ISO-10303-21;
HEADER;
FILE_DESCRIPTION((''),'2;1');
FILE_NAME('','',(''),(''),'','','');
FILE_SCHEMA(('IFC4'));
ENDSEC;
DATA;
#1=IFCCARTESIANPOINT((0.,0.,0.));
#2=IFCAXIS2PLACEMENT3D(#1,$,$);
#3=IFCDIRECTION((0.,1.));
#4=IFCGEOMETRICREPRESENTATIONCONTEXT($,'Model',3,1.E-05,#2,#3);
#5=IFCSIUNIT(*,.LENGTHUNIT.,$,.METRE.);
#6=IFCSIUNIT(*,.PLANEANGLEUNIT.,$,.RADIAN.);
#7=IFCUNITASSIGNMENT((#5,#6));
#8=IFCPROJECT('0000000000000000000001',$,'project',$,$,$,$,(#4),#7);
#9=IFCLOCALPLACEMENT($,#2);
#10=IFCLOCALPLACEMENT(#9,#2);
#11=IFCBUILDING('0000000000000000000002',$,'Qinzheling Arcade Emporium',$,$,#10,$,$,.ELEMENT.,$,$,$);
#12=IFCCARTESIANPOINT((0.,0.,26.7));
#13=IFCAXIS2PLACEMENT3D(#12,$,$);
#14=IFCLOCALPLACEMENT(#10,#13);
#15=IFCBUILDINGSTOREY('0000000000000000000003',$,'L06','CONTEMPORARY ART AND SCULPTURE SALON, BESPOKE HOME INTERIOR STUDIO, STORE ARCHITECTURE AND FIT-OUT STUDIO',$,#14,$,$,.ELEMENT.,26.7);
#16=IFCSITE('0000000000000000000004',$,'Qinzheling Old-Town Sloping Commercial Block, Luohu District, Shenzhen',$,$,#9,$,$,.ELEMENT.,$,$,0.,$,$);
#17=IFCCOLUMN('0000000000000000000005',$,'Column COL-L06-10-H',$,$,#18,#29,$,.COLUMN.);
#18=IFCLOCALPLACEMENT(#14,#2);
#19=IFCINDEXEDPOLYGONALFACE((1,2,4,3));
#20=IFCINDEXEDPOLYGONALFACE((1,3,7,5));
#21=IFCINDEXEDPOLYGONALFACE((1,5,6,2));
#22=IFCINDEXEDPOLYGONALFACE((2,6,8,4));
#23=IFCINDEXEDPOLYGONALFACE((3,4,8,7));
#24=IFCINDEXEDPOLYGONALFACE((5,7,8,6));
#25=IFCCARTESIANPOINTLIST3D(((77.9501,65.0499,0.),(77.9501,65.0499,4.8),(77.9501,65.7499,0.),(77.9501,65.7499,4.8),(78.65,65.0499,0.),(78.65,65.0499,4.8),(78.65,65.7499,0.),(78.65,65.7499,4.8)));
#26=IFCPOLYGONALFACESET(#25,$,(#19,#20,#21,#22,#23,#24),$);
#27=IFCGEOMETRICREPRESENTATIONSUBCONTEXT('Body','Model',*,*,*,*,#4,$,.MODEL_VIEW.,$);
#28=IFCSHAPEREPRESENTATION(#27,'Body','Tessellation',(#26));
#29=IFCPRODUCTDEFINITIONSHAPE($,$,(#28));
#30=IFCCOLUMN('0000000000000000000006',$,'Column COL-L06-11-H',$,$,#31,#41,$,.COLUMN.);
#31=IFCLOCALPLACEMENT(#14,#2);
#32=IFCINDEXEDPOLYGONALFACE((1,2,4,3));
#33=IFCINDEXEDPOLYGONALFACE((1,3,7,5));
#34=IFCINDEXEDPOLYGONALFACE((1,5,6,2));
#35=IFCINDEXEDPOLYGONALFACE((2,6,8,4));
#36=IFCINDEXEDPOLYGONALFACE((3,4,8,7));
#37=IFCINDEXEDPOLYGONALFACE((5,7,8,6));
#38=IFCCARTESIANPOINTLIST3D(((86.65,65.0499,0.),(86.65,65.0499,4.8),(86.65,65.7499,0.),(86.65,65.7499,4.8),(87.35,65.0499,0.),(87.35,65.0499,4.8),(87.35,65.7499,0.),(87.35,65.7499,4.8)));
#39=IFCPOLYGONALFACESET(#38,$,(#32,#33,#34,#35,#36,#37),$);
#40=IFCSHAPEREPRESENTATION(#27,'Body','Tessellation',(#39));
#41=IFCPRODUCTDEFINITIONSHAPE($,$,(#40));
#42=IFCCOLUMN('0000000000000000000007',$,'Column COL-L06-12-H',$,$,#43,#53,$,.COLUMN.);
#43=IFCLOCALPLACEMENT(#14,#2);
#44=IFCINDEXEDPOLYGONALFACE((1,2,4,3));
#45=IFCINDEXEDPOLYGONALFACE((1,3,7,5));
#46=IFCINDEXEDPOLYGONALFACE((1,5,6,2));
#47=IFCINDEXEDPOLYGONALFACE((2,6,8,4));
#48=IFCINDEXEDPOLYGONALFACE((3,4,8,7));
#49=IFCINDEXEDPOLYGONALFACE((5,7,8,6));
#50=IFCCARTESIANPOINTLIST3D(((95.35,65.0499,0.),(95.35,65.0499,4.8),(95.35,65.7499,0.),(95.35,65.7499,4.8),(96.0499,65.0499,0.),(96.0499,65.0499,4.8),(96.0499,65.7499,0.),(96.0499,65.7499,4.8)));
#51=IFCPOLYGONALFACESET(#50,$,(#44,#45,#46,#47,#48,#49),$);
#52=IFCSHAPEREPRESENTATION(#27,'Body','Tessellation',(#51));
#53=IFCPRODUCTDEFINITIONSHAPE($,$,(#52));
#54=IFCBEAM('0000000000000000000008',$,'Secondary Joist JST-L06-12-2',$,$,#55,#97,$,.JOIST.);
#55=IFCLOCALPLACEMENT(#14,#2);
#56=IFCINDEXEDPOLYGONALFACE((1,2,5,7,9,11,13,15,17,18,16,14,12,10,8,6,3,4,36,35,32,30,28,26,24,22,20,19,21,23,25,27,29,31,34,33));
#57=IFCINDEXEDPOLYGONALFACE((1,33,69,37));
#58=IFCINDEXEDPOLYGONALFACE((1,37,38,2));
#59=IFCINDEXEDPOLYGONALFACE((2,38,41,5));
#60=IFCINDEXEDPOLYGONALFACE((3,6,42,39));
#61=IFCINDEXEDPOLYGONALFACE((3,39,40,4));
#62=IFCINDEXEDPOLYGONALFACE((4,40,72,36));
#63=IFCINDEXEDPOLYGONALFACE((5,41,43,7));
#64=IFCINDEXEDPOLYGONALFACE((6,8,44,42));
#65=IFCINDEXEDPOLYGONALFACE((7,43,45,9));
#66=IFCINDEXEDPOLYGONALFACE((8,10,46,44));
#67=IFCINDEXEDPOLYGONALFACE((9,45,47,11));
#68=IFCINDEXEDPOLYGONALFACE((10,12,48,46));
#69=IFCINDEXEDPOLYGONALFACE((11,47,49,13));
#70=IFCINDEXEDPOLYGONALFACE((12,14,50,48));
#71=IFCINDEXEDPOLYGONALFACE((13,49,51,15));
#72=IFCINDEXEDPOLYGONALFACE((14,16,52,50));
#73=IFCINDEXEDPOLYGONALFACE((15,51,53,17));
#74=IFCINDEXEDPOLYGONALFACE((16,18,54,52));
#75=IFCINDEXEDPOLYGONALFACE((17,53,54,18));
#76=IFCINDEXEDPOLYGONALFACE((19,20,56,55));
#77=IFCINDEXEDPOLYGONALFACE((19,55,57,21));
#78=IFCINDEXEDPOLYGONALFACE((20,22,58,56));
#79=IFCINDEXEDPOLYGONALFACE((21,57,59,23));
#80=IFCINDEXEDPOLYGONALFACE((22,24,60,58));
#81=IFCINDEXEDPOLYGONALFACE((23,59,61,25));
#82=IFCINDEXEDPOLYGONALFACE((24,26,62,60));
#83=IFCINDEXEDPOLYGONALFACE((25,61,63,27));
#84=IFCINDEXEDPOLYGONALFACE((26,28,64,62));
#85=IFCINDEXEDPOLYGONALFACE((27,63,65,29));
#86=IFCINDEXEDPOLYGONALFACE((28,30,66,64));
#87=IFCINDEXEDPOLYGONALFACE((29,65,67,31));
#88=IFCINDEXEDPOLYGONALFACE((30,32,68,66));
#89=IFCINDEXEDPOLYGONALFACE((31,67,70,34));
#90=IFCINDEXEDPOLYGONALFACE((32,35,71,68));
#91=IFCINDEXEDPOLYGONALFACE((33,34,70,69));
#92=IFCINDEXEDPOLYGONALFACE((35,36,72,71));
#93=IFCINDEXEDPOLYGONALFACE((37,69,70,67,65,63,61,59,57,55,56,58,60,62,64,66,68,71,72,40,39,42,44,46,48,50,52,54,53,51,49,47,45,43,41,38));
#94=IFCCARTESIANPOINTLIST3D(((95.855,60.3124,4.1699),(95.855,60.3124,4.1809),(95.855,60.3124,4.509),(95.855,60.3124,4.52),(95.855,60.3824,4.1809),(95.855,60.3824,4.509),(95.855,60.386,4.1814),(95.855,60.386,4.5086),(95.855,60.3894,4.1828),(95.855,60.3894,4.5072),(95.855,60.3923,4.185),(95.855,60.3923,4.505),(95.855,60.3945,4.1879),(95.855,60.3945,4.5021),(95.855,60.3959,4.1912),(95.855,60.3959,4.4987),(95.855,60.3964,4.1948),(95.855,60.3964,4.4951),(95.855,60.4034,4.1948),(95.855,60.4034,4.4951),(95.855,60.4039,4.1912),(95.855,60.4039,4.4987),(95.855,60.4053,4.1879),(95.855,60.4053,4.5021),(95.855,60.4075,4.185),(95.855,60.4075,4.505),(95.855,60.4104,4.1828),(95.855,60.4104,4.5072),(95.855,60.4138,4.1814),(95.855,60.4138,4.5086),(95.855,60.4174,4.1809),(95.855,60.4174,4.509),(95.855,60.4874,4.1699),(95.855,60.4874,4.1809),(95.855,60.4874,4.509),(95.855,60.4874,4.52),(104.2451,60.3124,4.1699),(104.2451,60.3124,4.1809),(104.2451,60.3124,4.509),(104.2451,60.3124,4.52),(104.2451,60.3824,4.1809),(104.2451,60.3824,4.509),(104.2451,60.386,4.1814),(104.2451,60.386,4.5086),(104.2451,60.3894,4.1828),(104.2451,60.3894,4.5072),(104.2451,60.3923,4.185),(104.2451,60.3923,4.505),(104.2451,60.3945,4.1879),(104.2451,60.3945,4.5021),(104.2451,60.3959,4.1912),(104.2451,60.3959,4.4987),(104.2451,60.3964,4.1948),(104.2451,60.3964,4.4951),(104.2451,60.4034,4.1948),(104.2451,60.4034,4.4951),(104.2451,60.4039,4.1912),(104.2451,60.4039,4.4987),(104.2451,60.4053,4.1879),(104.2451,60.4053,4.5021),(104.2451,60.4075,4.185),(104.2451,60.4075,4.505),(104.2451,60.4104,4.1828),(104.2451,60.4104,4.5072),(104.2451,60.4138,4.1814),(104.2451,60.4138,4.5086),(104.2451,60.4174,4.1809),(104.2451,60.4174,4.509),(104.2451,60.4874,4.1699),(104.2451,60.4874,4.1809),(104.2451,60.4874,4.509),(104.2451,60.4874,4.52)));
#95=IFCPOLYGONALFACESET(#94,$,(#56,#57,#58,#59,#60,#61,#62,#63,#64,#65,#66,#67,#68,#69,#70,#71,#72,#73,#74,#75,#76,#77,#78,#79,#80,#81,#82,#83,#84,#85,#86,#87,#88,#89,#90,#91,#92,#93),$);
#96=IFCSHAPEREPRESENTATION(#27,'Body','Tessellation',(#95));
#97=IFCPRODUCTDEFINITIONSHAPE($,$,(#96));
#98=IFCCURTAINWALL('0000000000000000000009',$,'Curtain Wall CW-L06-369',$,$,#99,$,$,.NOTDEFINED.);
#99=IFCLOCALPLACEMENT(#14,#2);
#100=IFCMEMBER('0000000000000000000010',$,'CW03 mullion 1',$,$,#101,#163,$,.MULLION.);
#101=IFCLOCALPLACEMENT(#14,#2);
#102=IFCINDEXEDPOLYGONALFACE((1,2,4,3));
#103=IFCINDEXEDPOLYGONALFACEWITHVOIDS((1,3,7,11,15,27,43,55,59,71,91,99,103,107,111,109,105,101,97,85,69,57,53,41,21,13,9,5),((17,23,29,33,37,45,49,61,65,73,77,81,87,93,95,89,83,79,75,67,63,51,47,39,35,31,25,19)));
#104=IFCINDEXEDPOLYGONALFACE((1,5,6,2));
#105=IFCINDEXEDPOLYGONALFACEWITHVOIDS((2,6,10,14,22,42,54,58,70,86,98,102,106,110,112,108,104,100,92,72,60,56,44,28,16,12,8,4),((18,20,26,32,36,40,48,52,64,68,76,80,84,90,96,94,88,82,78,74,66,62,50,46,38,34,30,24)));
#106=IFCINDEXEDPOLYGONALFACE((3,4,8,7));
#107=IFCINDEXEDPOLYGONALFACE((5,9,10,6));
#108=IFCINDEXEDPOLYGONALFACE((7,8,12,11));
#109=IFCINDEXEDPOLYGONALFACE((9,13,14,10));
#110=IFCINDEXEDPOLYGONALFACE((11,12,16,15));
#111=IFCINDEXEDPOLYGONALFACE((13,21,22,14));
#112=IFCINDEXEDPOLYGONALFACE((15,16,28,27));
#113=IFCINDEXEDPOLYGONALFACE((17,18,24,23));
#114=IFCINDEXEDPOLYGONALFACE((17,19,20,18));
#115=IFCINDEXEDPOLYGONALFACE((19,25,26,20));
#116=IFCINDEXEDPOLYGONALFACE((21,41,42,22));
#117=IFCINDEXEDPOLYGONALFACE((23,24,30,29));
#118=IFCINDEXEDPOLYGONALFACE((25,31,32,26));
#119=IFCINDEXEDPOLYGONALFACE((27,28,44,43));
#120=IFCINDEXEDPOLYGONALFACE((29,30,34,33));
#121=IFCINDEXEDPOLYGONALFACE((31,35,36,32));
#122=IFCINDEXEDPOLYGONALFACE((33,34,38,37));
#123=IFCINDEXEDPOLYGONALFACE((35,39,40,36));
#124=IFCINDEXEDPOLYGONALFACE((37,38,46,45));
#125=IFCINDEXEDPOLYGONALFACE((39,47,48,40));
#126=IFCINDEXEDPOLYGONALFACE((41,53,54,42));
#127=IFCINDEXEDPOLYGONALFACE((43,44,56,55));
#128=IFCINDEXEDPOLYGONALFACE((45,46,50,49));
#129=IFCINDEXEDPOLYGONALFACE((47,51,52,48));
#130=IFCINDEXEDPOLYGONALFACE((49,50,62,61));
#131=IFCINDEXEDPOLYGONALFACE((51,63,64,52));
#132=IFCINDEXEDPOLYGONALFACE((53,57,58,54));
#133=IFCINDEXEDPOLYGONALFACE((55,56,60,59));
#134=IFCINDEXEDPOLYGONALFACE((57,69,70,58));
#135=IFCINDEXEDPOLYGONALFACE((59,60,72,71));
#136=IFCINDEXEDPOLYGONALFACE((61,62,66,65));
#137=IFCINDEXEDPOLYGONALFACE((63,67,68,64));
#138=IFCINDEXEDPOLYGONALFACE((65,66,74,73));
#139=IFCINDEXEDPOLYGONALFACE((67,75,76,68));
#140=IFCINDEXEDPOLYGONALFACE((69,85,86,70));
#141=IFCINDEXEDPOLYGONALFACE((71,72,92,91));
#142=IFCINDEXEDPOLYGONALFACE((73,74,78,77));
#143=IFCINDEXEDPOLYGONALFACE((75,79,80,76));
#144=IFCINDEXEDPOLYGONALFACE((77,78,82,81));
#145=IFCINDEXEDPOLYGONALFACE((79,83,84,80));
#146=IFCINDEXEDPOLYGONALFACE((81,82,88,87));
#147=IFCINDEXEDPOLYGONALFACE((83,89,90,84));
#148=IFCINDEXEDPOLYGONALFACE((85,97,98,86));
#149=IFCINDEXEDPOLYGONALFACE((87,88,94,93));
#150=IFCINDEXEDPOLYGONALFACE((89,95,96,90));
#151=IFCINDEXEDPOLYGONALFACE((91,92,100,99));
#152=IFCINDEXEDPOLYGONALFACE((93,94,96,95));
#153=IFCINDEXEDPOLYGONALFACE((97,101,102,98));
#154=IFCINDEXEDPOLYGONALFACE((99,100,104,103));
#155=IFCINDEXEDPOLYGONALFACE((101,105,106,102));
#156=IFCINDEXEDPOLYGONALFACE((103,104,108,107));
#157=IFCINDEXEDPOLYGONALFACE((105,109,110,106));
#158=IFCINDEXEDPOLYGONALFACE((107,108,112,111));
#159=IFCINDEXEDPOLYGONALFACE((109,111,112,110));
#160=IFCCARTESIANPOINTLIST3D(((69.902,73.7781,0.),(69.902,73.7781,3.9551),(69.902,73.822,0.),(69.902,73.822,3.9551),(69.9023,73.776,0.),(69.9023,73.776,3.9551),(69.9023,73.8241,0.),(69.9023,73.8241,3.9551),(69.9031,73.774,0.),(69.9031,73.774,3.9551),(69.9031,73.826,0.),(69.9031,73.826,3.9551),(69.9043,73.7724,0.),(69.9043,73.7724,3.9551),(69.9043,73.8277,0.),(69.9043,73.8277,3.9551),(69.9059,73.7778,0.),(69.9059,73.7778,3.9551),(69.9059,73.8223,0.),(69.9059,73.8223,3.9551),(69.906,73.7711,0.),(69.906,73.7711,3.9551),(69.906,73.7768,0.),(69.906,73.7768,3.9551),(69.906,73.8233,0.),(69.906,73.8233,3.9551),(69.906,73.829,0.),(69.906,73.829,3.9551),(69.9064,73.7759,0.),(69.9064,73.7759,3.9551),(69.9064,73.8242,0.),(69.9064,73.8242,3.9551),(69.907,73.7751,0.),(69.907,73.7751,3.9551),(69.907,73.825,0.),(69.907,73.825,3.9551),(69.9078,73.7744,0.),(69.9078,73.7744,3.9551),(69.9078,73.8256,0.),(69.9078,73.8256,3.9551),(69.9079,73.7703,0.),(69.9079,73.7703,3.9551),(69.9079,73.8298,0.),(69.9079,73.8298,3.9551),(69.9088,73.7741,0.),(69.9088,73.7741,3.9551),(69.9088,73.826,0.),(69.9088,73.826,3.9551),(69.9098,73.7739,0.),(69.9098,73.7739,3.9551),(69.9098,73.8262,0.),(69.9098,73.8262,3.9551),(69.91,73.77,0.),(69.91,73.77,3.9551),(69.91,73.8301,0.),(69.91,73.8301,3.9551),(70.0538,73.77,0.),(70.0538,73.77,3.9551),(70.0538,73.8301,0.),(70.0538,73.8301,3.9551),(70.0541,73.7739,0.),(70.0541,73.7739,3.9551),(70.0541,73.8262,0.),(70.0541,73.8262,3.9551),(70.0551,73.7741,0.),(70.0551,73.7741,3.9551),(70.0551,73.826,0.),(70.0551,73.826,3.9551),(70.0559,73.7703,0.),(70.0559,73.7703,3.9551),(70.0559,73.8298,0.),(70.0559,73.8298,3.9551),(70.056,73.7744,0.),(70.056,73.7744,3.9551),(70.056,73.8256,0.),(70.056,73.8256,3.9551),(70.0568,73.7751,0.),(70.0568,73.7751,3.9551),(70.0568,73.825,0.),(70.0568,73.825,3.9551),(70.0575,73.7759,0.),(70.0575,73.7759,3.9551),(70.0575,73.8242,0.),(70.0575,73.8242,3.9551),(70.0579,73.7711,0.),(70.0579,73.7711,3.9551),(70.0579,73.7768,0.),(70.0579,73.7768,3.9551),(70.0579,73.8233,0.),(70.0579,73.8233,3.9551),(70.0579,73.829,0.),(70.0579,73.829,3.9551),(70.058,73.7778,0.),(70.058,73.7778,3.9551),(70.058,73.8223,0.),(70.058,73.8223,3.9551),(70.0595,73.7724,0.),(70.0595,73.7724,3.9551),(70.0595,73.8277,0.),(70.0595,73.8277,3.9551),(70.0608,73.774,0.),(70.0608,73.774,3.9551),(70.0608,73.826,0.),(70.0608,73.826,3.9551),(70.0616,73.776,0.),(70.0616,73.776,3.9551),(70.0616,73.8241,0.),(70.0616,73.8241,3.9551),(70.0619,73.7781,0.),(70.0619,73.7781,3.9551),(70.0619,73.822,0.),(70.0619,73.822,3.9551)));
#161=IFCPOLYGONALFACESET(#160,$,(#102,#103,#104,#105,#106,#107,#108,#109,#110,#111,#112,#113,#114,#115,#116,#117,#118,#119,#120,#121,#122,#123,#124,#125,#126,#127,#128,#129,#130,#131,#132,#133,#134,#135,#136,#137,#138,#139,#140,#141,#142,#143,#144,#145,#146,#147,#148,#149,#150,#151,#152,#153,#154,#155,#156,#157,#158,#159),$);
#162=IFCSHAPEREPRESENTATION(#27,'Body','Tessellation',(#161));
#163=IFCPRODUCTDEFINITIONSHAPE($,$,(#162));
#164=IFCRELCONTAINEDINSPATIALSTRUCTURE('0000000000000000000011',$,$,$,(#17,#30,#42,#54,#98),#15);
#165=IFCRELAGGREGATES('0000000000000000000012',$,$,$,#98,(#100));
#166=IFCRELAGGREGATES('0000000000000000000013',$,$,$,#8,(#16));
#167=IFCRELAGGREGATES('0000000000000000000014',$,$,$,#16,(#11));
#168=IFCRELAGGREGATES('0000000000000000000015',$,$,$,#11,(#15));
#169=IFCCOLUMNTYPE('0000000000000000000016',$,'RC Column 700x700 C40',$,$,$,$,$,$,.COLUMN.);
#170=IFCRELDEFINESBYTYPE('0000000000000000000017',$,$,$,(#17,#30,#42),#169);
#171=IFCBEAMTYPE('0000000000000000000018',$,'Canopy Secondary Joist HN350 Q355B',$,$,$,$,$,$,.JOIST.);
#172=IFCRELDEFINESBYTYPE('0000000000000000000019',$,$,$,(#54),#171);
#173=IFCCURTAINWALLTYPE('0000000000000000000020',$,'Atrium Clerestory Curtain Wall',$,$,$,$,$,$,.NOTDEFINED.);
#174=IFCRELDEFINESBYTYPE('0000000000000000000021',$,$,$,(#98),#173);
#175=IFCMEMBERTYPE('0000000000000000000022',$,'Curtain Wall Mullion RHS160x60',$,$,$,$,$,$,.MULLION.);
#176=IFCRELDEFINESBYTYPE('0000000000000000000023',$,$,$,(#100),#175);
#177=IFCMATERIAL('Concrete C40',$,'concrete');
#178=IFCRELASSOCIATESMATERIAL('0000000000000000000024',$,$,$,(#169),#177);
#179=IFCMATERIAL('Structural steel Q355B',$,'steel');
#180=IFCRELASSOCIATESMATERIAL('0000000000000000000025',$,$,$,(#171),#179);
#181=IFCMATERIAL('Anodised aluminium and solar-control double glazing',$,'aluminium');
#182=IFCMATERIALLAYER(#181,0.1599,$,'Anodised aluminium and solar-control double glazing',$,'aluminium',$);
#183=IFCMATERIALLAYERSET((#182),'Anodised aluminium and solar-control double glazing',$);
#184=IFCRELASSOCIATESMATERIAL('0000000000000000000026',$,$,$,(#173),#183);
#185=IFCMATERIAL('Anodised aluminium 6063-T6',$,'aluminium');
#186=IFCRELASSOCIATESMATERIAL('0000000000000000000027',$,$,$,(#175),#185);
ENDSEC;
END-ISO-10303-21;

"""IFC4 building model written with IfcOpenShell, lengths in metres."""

from ifc_helpers import new_model, si_unit, direction, frame, origin, origin_2d, place, context, subcontext, project, spatial, rectangle, hollow_rectangle, i_section, extrude, material, layer, layer_set, material_profile, profile_set, type_object, element, aggregate, save


model = new_model("IFC4")

# Units and contexts
model_context = context("Model", 3, precision=1e-05, world=origin(), true_north=direction((0.0, 1.0)))
body_context = subcontext(model_context, "Body", "Model", "MODEL_VIEW")
ifc_project = project(units=[si_unit("LENGTHUNIT", "METRE"), si_unit("PLANEANGLEUNIT", "RADIAN")], contexts=[model_context])

# Site, building, storey
site_placement = place(None, origin())
site = spatial("IfcSite", under=ifc_project, at=site_placement, Name="Qinzheling Old-Town Sloping Commercial Block, Luohu District, Shenzhen", CompositionType="ELEMENT", RefElevation=0.0)
building_placement = place(site_placement, origin())
building = spatial("IfcBuilding", under=site, at=building_placement, Name="Qinzheling Arcade Emporium", CompositionType="ELEMENT")
storey_placement = place(building_placement, frame((0.0, 0.0, 26.7)))
storey = spatial("IfcBuildingStorey", under=building, at=storey_placement, Name="L06", Description="CONTEMPORARY ART AND SCULPTURE SALON, BESPOKE HOME INTERIOR STUDIO, STORE ARCHITECTURE AND FIT-OUT STUDIO", CompositionType="ELEMENT", Elevation=26.7)

# Columns
ifc_material_1 = material(Name="Concrete C40", Category="concrete")
ifc_material_profile_1 = material_profile(ifc_material_1, rectangle(XDim=0.7, YDim=0.7, at=origin_2d()), Name="RC 700x700", Category="concrete")
ifc_profile_set_1 = profile_set([ifc_material_profile_1], Name="Concrete C40")
column_type = type_object("IfcColumnType", Name="RC Column 700x700 C40", PredefinedType="COLUMN", material=ifc_profile_set_1)
for number, where, z_axis, x_axis, name in (
    (1, (78.3, 65.3999, 0.0), (0.0, 0.0, 1.0), (1.0, 0.0, 0.0), "Column COL-L06-10-H"),
    (2, (87.0, 65.3999, 0.0), (0.0, 0.0, 1.0), (1.0, 0.0, 0.0), "Column COL-L06-11-H"),
    (3, (95.7, 65.3999, 0.0), (0.0, 0.0, 1.0), (1.0, 0.0, 0.0), "Column COL-L06-12-H"),
):
    element("IfcColumn", number, at=place(storey_placement, frame(where, z_axis=z_axis, x_axis=x_axis)), inside=storey, type_object=column_type, Name=name, PredefinedType="COLUMN", context=body_context, shape_type="SweptSolid", body=[
        extrude(rectangle(XDim=0.7, YDim=0.7, at=origin_2d()), origin(), (0.0, 0.0, 1.0), 4.8),
    ])

# Beam
ifc_material_2 = material(Name="Structural steel Q355B", Category="steel")
ifc_material_profile_2 = material_profile(ifc_material_2, i_section(OverallWidth=0.175, OverallDepth=0.3501, WebThickness=0.0071, FlangeThickness=0.011, FilletRadius=0.0139, at=origin_2d()), Name="HN 350x175x7x11", Category="steel")
ifc_profile_set_2 = profile_set([ifc_material_profile_2], Name="Structural steel Q355B")
beam_type_1 = type_object("IfcBeamType", Name="Canopy Secondary Joist HN350 Q355B", PredefinedType="JOIST", material=ifc_profile_set_2)
beam_1_placement = place(storey_placement, frame((95.855, 60.3999, 4.345), z_axis=(1.0, 0.0, 0.0), x_axis=(0.0, 1.0, 0.0)))
element("IfcBeam", 4, at=beam_1_placement, inside=storey, type_object=beam_type_1, Name="Secondary Joist JST-L06-12-2", PredefinedType="JOIST", context=body_context, shape_type="SweptSolid", body=[
    extrude(i_section(OverallWidth=0.175, OverallDepth=0.3501, WebThickness=0.0071, FlangeThickness=0.011, FilletRadius=0.0139, at=origin_2d()), origin(), (0.0, 0.0, 1.0), 8.3901),
])

# Curtain wall, member
ifc_material_3 = material(Name="Anodised aluminium and solar-control double glazing", Category="aluminium")
ifc_layer_1 = layer(ifc_material_3, 0.1599, Name="Anodised aluminium and solar-control double glazing", Category="aluminium")
ifc_layer_set_1 = layer_set([ifc_layer_1], Name="Anodised aluminium and solar-control double glazing")
curtain_wall_type = type_object("IfcCurtainWallType", Name="Atrium Clerestory Curtain Wall", PredefinedType="NOTDEFINED", material=ifc_layer_set_1)
curtain_wall_placement = place(storey_placement, origin())
curtain_wall = element("IfcCurtainWall", 5, at=curtain_wall_placement, inside=storey, type_object=curtain_wall_type, Name="Curtain Wall CW-L06-369", PredefinedType="NOTDEFINED")
ifc_material_4 = material(Name="Anodised aluminium 6063-T6", Category="aluminium")
ifc_material_profile_3 = material_profile(ifc_material_4, hollow_rectangle(XDim=0.0601, YDim=0.1599, WallThickness=0.0039, InnerFilletRadius=0.0039, OuterFilletRadius=0.0081, at=origin_2d()), Name="RHS 160x60x4", Category="aluminium")
ifc_profile_set_3 = profile_set([ifc_material_profile_3], Name="Anodised aluminium 6063-T6")
member_type_1 = type_object("IfcMemberType", Name="Curtain Wall Mullion RHS160x60", PredefinedType="MULLION", material=ifc_profile_set_3)
member_1_placement = place(storey_placement, frame((69.9819, 73.8, 0.0), z_axis=(0.0, 0.0, 1.0), x_axis=(0.0, 1.0, 0.0)))
member_1 = element("IfcMember", 6, at=member_1_placement, type_object=member_type_1, Name="CW03 mullion 1", PredefinedType="MULLION", context=body_context, shape_type="SweptSolid", body=[
    extrude(hollow_rectangle(XDim=0.0601, YDim=0.1599, WallThickness=0.0039, InnerFilletRadius=0.0039, OuterFilletRadius=0.0081, at=origin_2d()), origin(), (0.0, 0.0, 1.0), 3.9551),
])

aggregate(curtain_wall, [member_1])

save(model, "model.ifc")
